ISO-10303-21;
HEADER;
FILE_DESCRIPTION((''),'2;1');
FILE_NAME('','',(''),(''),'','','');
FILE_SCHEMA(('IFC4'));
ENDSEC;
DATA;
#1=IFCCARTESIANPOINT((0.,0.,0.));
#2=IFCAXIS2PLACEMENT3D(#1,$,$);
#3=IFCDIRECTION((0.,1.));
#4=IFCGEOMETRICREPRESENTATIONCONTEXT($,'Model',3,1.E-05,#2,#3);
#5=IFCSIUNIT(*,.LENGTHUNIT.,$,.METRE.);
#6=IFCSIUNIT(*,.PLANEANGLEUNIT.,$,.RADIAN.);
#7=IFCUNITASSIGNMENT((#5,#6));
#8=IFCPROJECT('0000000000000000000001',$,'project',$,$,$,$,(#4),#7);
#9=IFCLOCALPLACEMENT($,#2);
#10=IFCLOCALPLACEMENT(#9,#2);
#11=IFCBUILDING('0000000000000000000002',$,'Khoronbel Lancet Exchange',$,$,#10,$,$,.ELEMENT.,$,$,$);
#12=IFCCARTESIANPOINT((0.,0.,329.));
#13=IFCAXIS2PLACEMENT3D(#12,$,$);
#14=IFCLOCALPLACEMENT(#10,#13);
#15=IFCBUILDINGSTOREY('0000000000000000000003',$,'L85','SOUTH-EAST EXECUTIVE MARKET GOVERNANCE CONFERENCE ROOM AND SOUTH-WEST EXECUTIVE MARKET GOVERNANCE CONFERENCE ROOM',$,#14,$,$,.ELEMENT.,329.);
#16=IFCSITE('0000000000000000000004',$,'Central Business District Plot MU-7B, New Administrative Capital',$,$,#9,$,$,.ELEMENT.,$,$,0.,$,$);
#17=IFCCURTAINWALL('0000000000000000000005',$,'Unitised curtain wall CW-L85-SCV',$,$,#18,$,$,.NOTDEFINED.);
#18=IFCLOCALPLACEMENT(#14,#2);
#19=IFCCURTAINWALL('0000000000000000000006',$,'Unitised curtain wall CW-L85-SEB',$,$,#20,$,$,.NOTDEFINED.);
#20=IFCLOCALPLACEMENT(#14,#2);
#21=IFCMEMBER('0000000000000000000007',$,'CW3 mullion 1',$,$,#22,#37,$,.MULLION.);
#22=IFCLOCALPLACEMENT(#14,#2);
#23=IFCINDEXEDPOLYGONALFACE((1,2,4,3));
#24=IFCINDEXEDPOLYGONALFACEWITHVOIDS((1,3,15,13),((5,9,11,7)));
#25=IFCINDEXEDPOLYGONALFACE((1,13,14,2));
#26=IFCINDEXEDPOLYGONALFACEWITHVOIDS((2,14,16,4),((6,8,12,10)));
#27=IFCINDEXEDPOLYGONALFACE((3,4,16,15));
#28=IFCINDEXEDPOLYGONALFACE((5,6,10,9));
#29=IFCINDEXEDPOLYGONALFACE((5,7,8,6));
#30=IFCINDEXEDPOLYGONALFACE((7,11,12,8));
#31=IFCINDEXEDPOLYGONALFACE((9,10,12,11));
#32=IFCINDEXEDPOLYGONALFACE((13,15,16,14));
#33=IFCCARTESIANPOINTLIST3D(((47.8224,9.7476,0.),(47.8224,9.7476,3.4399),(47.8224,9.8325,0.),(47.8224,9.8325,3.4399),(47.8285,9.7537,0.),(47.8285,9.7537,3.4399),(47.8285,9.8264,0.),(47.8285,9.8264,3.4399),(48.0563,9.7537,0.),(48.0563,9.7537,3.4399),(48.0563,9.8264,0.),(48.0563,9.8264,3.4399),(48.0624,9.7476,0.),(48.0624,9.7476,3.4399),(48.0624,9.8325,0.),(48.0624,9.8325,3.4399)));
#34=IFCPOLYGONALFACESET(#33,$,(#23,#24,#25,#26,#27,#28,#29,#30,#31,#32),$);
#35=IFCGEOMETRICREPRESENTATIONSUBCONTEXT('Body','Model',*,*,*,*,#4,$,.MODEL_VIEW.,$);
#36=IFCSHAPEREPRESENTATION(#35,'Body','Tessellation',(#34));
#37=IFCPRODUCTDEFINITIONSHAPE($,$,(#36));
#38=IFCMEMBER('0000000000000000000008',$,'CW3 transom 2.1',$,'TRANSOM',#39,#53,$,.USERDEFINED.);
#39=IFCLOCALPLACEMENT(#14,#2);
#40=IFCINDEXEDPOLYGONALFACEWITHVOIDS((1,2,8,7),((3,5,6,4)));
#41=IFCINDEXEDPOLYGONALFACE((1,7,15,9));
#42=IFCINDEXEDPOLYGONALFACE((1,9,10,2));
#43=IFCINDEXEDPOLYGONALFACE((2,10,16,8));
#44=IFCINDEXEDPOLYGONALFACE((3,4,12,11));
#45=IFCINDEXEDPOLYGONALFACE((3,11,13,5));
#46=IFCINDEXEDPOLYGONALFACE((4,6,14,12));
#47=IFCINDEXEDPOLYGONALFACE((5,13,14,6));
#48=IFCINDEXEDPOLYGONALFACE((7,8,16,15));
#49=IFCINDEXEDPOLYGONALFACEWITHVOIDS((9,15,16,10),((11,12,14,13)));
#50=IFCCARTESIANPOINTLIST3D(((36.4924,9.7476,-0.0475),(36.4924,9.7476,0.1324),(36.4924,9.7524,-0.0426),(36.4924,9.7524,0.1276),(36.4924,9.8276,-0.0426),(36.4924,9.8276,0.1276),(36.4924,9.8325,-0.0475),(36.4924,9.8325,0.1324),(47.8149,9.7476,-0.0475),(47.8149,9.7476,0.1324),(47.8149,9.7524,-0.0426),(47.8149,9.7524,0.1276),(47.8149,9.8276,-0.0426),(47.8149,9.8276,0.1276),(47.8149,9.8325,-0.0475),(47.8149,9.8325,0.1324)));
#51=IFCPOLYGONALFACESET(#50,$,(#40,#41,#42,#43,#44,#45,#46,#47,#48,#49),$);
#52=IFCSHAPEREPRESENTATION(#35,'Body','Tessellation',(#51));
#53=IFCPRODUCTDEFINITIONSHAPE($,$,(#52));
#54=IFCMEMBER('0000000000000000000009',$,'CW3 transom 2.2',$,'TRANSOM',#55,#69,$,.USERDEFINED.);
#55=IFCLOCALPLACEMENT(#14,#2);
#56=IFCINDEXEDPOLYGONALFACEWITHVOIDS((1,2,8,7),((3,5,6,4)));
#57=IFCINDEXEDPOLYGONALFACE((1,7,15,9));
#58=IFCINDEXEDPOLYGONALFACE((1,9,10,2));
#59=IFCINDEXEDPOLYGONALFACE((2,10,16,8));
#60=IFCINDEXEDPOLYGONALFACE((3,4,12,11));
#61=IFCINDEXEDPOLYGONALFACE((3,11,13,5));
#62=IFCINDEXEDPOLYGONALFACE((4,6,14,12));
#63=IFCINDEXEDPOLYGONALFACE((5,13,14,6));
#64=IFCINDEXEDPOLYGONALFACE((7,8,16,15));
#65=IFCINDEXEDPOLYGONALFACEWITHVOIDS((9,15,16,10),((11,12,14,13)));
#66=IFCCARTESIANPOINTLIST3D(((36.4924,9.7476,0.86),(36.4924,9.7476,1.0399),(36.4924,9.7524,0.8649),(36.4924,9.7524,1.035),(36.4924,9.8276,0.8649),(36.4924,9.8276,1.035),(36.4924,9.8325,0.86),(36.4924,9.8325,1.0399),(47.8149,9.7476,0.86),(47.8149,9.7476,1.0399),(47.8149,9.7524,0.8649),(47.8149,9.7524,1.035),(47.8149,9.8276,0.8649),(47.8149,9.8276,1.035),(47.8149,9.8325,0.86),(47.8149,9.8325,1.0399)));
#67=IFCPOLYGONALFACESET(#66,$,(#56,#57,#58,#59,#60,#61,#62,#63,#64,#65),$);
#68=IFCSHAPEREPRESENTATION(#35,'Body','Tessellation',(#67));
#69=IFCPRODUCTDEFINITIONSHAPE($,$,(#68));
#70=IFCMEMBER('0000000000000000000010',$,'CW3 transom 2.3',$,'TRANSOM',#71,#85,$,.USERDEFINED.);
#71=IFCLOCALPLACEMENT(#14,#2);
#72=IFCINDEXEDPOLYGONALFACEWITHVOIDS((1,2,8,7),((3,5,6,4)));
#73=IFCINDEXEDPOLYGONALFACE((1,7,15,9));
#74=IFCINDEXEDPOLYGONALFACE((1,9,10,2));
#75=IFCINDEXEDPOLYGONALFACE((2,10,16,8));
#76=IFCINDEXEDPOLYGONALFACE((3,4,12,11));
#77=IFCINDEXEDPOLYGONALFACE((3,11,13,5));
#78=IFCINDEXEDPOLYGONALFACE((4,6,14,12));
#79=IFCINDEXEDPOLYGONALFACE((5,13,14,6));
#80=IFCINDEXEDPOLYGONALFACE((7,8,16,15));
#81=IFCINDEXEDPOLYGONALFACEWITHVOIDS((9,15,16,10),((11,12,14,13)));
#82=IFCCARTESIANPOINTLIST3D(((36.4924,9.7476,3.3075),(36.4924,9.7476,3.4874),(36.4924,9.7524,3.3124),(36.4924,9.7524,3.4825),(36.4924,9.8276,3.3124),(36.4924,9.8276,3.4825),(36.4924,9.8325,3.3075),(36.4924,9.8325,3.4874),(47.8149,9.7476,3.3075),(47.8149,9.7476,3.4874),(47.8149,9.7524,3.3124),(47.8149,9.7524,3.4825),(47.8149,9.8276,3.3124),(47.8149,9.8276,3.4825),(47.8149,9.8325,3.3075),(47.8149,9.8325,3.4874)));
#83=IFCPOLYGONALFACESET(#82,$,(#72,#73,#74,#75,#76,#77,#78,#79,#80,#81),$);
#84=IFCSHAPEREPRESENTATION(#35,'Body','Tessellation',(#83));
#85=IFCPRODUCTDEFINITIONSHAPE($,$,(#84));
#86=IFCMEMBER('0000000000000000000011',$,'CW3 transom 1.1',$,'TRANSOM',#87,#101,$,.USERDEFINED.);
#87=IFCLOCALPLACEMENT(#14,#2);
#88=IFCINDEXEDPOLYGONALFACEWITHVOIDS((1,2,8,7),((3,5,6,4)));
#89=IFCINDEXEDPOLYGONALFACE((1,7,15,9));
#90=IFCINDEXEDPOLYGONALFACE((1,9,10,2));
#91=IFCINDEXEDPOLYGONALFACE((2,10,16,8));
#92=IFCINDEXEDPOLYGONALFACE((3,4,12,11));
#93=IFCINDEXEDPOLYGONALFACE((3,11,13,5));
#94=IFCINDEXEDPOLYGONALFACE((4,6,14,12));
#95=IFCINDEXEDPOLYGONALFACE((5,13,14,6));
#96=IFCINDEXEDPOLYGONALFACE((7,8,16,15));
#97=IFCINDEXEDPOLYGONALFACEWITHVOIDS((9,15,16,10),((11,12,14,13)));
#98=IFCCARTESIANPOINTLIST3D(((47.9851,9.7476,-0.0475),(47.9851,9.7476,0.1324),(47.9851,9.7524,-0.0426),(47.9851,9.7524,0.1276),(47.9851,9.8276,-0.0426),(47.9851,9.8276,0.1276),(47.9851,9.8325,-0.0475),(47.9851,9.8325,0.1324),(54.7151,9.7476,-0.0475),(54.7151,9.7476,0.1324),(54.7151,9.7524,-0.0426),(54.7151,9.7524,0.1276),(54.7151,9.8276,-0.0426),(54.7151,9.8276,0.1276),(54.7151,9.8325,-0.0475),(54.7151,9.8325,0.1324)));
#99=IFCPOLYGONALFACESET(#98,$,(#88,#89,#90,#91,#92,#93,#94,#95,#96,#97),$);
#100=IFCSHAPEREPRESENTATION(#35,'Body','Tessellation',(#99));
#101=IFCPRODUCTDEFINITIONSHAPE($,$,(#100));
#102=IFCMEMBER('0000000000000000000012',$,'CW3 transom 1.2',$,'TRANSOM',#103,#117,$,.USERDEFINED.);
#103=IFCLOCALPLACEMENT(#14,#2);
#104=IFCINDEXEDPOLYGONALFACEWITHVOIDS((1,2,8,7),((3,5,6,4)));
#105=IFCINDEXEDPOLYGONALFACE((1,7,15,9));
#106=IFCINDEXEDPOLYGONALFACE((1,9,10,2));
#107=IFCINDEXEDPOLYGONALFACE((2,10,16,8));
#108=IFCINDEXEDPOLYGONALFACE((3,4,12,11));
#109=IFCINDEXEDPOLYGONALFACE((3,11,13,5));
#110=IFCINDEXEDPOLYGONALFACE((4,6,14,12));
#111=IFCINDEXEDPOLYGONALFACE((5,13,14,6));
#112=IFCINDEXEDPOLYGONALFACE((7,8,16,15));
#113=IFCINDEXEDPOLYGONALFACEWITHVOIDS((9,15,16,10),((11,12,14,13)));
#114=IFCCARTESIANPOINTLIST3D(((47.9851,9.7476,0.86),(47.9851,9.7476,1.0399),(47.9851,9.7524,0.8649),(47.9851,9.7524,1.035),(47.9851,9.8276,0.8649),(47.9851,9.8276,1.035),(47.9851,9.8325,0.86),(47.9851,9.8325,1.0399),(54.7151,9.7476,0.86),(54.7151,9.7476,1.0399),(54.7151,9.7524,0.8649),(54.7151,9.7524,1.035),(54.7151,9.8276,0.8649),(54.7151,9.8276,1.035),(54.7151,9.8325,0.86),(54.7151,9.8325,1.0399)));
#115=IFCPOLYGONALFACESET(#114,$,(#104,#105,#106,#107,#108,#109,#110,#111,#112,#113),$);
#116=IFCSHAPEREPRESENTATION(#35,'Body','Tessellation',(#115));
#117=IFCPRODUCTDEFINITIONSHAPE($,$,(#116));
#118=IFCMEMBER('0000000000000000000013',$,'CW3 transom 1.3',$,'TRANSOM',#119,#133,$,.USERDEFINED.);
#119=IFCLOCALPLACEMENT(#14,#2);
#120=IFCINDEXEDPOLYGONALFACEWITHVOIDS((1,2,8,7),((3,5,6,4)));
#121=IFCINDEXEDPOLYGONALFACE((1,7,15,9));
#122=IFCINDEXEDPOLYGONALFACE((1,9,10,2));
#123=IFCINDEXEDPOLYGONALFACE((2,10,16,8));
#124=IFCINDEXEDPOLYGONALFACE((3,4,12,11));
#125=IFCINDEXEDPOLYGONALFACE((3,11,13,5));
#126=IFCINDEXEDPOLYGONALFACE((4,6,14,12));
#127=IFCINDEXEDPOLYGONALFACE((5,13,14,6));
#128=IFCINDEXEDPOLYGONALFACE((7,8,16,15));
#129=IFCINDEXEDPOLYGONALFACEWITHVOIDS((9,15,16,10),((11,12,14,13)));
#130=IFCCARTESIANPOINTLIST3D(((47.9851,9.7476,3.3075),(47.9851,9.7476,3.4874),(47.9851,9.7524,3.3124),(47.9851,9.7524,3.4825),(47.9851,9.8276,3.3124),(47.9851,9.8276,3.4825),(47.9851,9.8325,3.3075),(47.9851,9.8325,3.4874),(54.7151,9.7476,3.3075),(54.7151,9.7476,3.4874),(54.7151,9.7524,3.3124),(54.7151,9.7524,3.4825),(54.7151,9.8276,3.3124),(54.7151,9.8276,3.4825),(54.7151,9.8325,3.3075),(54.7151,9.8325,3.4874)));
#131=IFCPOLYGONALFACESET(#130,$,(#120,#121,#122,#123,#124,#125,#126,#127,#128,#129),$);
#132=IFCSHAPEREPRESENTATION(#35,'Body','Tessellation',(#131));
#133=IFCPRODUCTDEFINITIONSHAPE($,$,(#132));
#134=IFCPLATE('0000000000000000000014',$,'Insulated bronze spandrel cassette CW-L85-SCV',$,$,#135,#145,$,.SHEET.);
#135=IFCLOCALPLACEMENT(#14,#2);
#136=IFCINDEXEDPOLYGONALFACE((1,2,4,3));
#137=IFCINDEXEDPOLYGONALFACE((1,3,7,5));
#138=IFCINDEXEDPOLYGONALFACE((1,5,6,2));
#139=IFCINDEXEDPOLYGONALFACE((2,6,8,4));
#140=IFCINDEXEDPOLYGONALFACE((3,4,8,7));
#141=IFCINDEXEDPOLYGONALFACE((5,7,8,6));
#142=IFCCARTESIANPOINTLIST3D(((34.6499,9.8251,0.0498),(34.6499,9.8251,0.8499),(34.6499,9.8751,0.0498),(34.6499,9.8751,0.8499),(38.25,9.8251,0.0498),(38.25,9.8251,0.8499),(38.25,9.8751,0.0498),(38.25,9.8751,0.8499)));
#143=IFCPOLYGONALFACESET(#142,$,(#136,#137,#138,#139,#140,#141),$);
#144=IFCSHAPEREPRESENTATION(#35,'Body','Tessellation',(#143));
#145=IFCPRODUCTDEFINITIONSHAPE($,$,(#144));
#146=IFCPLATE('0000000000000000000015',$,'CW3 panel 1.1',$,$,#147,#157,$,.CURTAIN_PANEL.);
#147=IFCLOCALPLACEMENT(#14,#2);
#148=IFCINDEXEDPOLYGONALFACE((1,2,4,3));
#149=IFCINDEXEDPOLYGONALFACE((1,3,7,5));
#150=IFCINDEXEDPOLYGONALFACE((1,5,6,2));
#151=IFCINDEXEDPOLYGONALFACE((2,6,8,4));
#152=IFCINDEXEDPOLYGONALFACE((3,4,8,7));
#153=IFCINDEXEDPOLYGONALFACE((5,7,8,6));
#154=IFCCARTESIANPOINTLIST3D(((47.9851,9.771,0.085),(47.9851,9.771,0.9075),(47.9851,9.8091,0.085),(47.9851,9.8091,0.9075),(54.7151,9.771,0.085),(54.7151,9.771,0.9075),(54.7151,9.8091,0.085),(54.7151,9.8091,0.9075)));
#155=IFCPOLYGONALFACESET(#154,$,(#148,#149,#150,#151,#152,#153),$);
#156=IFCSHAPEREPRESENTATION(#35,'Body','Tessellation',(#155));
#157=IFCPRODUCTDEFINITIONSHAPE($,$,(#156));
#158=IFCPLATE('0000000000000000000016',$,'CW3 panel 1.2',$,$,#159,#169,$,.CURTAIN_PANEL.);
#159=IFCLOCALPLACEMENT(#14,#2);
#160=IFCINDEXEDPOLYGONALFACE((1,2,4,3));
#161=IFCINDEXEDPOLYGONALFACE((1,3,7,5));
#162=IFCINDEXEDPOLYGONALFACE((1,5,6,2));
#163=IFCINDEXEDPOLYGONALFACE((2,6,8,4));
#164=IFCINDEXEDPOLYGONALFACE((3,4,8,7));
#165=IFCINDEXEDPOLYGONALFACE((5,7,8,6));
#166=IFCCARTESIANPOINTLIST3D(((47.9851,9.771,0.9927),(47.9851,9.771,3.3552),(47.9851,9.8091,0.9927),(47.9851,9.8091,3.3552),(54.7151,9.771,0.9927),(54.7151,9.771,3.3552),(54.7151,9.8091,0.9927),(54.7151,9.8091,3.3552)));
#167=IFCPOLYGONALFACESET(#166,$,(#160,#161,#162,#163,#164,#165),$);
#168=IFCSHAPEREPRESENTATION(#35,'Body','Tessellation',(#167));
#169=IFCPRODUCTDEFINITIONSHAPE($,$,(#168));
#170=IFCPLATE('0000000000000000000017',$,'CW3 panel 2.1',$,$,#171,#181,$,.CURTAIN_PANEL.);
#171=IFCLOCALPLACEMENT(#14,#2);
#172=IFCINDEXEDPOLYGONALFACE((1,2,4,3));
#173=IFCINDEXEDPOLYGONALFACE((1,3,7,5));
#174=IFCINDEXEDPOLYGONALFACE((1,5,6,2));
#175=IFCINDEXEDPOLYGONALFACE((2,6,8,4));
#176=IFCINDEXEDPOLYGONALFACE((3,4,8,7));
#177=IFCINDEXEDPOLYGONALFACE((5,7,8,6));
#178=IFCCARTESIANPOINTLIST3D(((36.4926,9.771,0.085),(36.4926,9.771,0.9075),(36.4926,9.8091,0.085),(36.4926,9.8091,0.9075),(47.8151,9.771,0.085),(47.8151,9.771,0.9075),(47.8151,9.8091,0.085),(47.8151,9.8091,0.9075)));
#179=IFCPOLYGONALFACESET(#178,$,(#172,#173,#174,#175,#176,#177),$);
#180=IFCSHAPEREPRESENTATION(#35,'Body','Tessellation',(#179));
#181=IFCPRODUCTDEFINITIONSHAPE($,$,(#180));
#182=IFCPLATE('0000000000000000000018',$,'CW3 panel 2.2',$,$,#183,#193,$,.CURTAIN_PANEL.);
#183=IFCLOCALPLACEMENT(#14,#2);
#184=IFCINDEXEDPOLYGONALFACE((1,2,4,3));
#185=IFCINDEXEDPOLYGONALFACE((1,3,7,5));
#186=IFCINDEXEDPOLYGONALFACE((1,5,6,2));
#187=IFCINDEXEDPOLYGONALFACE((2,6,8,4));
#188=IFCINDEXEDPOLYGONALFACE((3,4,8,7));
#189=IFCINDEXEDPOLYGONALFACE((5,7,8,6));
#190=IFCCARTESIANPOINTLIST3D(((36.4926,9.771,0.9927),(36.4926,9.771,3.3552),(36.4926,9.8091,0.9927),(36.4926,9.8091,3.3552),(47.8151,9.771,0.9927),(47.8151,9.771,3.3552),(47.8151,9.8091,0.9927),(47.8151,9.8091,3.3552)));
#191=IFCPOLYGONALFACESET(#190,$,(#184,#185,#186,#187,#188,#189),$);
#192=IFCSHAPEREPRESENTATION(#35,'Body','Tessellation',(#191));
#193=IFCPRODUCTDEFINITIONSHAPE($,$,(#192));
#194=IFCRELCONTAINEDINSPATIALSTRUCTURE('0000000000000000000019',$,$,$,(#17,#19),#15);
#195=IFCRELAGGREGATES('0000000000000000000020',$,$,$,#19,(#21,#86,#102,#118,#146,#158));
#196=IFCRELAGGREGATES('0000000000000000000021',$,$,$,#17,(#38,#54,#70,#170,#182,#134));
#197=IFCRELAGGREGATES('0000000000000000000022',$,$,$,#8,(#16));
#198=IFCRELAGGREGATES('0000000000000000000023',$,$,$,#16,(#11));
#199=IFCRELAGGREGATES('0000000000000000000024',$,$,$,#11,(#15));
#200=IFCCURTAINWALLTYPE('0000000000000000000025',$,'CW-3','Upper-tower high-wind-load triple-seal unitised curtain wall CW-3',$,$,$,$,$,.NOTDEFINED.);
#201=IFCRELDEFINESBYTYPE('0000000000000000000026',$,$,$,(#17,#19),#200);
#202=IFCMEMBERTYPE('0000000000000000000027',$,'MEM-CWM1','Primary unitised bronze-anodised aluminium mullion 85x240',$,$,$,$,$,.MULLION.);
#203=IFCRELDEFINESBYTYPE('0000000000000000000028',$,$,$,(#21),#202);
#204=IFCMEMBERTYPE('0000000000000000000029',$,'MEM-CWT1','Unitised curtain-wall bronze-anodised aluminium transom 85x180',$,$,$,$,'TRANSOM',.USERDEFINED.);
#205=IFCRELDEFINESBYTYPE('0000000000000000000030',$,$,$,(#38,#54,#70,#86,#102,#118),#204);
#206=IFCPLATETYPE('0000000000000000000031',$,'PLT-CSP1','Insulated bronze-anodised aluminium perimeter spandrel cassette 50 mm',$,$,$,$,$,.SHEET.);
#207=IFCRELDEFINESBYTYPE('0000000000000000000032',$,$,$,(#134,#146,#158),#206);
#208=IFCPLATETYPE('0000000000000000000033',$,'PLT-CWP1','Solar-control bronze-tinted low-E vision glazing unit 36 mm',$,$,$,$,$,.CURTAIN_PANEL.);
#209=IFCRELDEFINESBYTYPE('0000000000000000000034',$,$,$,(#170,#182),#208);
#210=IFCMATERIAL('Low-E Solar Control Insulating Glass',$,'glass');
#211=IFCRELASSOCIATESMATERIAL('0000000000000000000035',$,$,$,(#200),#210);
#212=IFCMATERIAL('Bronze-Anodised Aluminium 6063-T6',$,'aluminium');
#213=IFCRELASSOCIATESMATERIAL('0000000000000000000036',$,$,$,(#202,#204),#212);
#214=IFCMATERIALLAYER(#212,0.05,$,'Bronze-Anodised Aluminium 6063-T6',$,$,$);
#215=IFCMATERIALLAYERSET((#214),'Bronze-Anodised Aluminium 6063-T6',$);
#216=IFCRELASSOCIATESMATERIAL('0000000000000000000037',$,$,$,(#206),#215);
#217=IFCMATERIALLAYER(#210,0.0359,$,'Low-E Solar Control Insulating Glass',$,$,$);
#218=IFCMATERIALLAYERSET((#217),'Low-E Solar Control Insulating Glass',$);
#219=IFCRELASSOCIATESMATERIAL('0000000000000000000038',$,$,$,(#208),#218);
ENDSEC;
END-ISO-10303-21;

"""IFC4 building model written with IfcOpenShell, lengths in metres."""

from ifc_helpers import new_model, si_unit, direction, frame, origin, origin_2d, place, context, subcontext, project, spatial, rectangle, hollow_rectangle, extrude, material, layer, layer_set, material_profile, profile_set, type_object, element, aggregate, save


model = new_model("IFC4")

# Units and contexts
model_context = context("Model", 3, precision=1e-05, world=origin(), true_north=direction((0.0, 1.0)))
body_context = subcontext(model_context, "Body", "Model", "MODEL_VIEW")
ifc_project = project(units=[si_unit("LENGTHUNIT", "METRE"), si_unit("PLANEANGLEUNIT", "RADIAN")], contexts=[model_context])

# Site, building, storey
site_placement = place(None, origin())
site = spatial("IfcSite", under=ifc_project, at=site_placement, Name="Central Business District Plot MU-7B, New Administrative Capital", CompositionType="ELEMENT", RefElevation=0.0)
building_placement = place(site_placement, origin())
building = spatial("IfcBuilding", under=site, at=building_placement, Name="Khoronbel Lancet Exchange", CompositionType="ELEMENT")
storey_placement = place(building_placement, frame((0.0, 0.0, 329.0)))
storey = spatial("IfcBuildingStorey", under=building, at=storey_placement, Name="L85", Description="SOUTH-EAST EXECUTIVE MARKET GOVERNANCE CONFERENCE ROOM AND SOUTH-WEST EXECUTIVE MARKET GOVERNANCE CONFERENCE ROOM", CompositionType="ELEMENT", Elevation=329.0)

# Curtain wall
ifc_material_1 = material(Name="Low-E Solar Control Insulating Glass", Category="glass")
curtain_wall_type = type_object("IfcCurtainWallType", Name="CW-3", Description="Upper-tower high-wind-load triple-seal unitised curtain wall CW-3", PredefinedType="NOTDEFINED", material=ifc_material_1)
curtain_wall_1_placement = place(storey_placement, origin())
curtain_wall_1 = element("IfcCurtainWall", 1, at=curtain_wall_1_placement, inside=storey, type_object=curtain_wall_type, Name="Unitised curtain wall CW-L85-SCV", PredefinedType="NOTDEFINED")
ifc_material_2 = material(Name="Bronze-Anodised Aluminium 6063-T6", Category="aluminium")
ifc_material_profile_1 = material_profile(ifc_material_2, hollow_rectangle(XDim=0.085, YDim=0.24, WallThickness=0.0061, at=origin_2d()), Name="ALU MULLION 85x240")
ifc_profile_set_1 = profile_set([ifc_material_profile_1], Name="Bronze-Anodised Aluminium 6063-T6")
member_type_1 = type_object("IfcMemberType", Name="MEM-CWM1", Description="Primary unitised bronze-anodised aluminium mullion 85x240", PredefinedType="MULLION", material=ifc_profile_set_1)

# Curtain wall, member
curtain_wall_2_placement = place(storey_placement, origin())
curtain_wall_2 = element("IfcCurtainWall", 2, at=curtain_wall_2_placement, inside=storey, type_object=curtain_wall_type, Name="Unitised curtain wall CW-L85-SEB", PredefinedType="NOTDEFINED")
member_1_placement = place(storey_placement, frame((47.9424, 9.79, 0.0), z_axis=(0.0, 0.0, 1.0), x_axis=(0.0, 1.0, 0.0)))
member_1 = element("IfcMember", 3, at=member_1_placement, type_object=member_type_1, Name="CW3 mullion 1", PredefinedType="MULLION", context=body_context, shape_type="SweptSolid", body=[
    extrude(hollow_rectangle(XDim=0.085, YDim=0.24, WallThickness=0.0061, at=origin_2d()), origin(), (0.0, 0.0, 1.0), 3.4399),
])

# Members
ifc_material_profile_2 = material_profile(ifc_material_2, hollow_rectangle(XDim=0.085, YDim=0.1799, WallThickness=0.0049, at=origin_2d()), Name="ALU TRANSOM 85x180")
ifc_profile_set_2 = profile_set([ifc_material_profile_2], Name="Bronze-Anodised Aluminium 6063-T6")
member_type_2 = type_object("IfcMemberType", Name="MEM-CWT1", Description="Unitised curtain-wall bronze-anodised aluminium transom 85x180", ElementType="TRANSOM", PredefinedType="USERDEFINED", material=ifc_profile_set_2)
member_2_placement = place(storey_placement, frame((36.4924, 9.79, 0.0425), z_axis=(1.0, 0.0, 0.0), x_axis=(0.0, 1.0, 0.0)))
member_2 = element("IfcMember", 4, at=member_2_placement, type_object=member_type_2, Name="CW3 transom 2.1", ObjectType="TRANSOM", PredefinedType="USERDEFINED", context=body_context, shape_type="SweptSolid", body=[
    extrude(hollow_rectangle(XDim=0.085, YDim=0.1799, WallThickness=0.0049, at=origin_2d()), origin(), (0.0, 0.0, 1.0), 11.3225),
])
member_3_placement = place(storey_placement, frame((36.4924, 9.79, 0.95), z_axis=(1.0, 0.0, 0.0), x_axis=(0.0, 1.0, 0.0)))
member_3 = element("IfcMember", 5, at=member_3_placement, type_object=member_type_2, Name="CW3 transom 2.2", ObjectType="TRANSOM", PredefinedType="USERDEFINED", context=body_context, shape_type="SweptSolid", body=[
    extrude(hollow_rectangle(XDim=0.085, YDim=0.1799, WallThickness=0.0049, at=origin_2d()), origin(), (0.0, 0.0, 1.0), 11.3225),
])
member_4_placement = place(storey_placement, frame((36.4924, 9.79, 3.3975), z_axis=(1.0, 0.0, 0.0), x_axis=(0.0, 1.0, 0.0)))
member_4 = element("IfcMember", 6, at=member_4_placement, type_object=member_type_2, Name="CW3 transom 2.3", ObjectType="TRANSOM", PredefinedType="USERDEFINED", context=body_context, shape_type="SweptSolid", body=[
    extrude(hollow_rectangle(XDim=0.085, YDim=0.1799, WallThickness=0.0049, at=origin_2d()), origin(), (0.0, 0.0, 1.0), 11.3225),
])
member_5_placement = place(storey_placement, frame((47.9851, 9.79, 0.0425), z_axis=(1.0, 0.0, 0.0), x_axis=(0.0, 1.0, 0.0)))
member_5 = element("IfcMember", 7, at=member_5_placement, type_object=member_type_2, Name="CW3 transom 1.1", ObjectType="TRANSOM", PredefinedType="USERDEFINED", context=body_context, shape_type="SweptSolid", body=[
    extrude(hollow_rectangle(XDim=0.085, YDim=0.1799, WallThickness=0.0049, at=origin_2d()), origin(), (0.0, 0.0, 1.0), 6.73),
])
member_6_placement = place(storey_placement, frame((47.9851, 9.79, 0.95), z_axis=(1.0, 0.0, 0.0), x_axis=(0.0, 1.0, 0.0)))
member_6 = element("IfcMember", 8, at=member_6_placement, type_object=member_type_2, Name="CW3 transom 1.2", ObjectType="TRANSOM", PredefinedType="USERDEFINED", context=body_context, shape_type="SweptSolid", body=[
    extrude(hollow_rectangle(XDim=0.085, YDim=0.1799, WallThickness=0.0049, at=origin_2d()), origin(), (0.0, 0.0, 1.0), 6.73),
])
member_7_placement = place(storey_placement, frame((47.9851, 9.79, 3.3975), z_axis=(1.0, 0.0, 0.0), x_axis=(0.0, 1.0, 0.0)))
member_7 = element("IfcMember", 9, at=member_7_placement, type_object=member_type_2, Name="CW3 transom 1.3", ObjectType="TRANSOM", PredefinedType="USERDEFINED", context=body_context, shape_type="SweptSolid", body=[
    extrude(hollow_rectangle(XDim=0.085, YDim=0.1799, WallThickness=0.0049, at=origin_2d()), origin(), (0.0, 0.0, 1.0), 6.73),
])

# Plates
ifc_layer_1 = layer(ifc_material_2, 0.05, Name="Bronze-Anodised Aluminium 6063-T6")
ifc_layer_set_1 = layer_set([ifc_layer_1], Name="Bronze-Anodised Aluminium 6063-T6")
plate_type_1 = type_object("IfcPlateType", Name="PLT-CSP1", Description="Insulated bronze-anodised aluminium perimeter spandrel cassette 50 mm", PredefinedType="SHEET", material=ifc_layer_set_1)
plate_1_placement = place(storey_placement, frame((36.45, 9.8501, 0.0498), z_axis=(0.0, 0.0, 1.0), x_axis=(1.0, 0.0, 0.0)))
plate_1 = element("IfcPlate", 10, at=plate_1_placement, type_object=plate_type_1, Name="Insulated bronze spandrel cassette CW-L85-SCV", PredefinedType="SHEET", context=body_context, shape_type="SweptSolid", body=[
    extrude(rectangle(XDim=3.6001, YDim=0.05, at=origin_2d()), origin(), (0.0, 0.0, 1.0), 0.8),
])
plate_2_placement = place(storey_placement, frame((51.3501, 9.79, 0.085), z_axis=(0.0, 0.0, 1.0), x_axis=(1.0, 0.0, 0.0)))
plate_2 = element("IfcPlate", 11, at=plate_2_placement, type_object=plate_type_1, Name="CW3 panel 1.1", PredefinedType="CURTAIN_PANEL", context=body_context, shape_type="SweptSolid", body=[
    extrude(rectangle(XDim=6.73, YDim=0.0381, at=origin_2d()), origin(), (0.0, 0.0, 1.0), 0.8225),
])
plate_3_placement = place(storey_placement, frame((51.3501, 9.79, 0.9927), z_axis=(0.0, 0.0, 1.0), x_axis=(1.0, 0.0, 0.0)))
plate_3 = element("IfcPlate", 12, at=plate_3_placement, type_object=plate_type_1, Name="CW3 panel 1.2", PredefinedType="CURTAIN_PANEL", context=body_context, shape_type="SweptSolid", body=[
    extrude(rectangle(XDim=6.73, YDim=0.0381, at=origin_2d()), origin(), (0.0, 0.0, 1.0), 2.3625),
])
aggregate(curtain_wall_2, [member_1, member_5, member_6, member_7, plate_2, plate_3])
ifc_layer_2 = layer(ifc_material_1, 0.0359, Name="Low-E Solar Control Insulating Glass")
ifc_layer_set_2 = layer_set([ifc_layer_2], Name="Low-E Solar Control Insulating Glass")
plate_type_2 = type_object("IfcPlateType", Name="PLT-CWP1", Description="Solar-control bronze-tinted low-E vision glazing unit 36 mm", PredefinedType="CURTAIN_PANEL", material=ifc_layer_set_2)
plate_4_placement = place(storey_placement, frame((42.1538, 9.79, 0.085), z_axis=(0.0, 0.0, 1.0), x_axis=(1.0, 0.0, 0.0)))
plate_4 = element("IfcPlate", 13, at=plate_4_placement, type_object=plate_type_2, Name="CW3 panel 2.1", PredefinedType="CURTAIN_PANEL", context=body_context, shape_type="SweptSolid", body=[
    extrude(rectangle(XDim=11.3225, YDim=0.0381, at=origin_2d()), origin(), (0.0, 0.0, 1.0), 0.8225),
])
plate_5_placement = place(storey_placement, frame((42.1538, 9.79, 0.9927), z_axis=(0.0, 0.0, 1.0), x_axis=(1.0, 0.0, 0.0)))
plate_5 = element("IfcPlate", 14, at=plate_5_placement, type_object=plate_type_2, Name="CW3 panel 2.2", PredefinedType="CURTAIN_PANEL", context=body_context, shape_type="SweptSolid", body=[
    extrude(rectangle(XDim=11.3225, YDim=0.0381, at=origin_2d()), origin(), (0.0, 0.0, 1.0), 2.3625),
])
aggregate(curtain_wall_1, [member_2, member_3, member_4, plate_4, plate_5, plate_1])

save(model, "model.ifc")
